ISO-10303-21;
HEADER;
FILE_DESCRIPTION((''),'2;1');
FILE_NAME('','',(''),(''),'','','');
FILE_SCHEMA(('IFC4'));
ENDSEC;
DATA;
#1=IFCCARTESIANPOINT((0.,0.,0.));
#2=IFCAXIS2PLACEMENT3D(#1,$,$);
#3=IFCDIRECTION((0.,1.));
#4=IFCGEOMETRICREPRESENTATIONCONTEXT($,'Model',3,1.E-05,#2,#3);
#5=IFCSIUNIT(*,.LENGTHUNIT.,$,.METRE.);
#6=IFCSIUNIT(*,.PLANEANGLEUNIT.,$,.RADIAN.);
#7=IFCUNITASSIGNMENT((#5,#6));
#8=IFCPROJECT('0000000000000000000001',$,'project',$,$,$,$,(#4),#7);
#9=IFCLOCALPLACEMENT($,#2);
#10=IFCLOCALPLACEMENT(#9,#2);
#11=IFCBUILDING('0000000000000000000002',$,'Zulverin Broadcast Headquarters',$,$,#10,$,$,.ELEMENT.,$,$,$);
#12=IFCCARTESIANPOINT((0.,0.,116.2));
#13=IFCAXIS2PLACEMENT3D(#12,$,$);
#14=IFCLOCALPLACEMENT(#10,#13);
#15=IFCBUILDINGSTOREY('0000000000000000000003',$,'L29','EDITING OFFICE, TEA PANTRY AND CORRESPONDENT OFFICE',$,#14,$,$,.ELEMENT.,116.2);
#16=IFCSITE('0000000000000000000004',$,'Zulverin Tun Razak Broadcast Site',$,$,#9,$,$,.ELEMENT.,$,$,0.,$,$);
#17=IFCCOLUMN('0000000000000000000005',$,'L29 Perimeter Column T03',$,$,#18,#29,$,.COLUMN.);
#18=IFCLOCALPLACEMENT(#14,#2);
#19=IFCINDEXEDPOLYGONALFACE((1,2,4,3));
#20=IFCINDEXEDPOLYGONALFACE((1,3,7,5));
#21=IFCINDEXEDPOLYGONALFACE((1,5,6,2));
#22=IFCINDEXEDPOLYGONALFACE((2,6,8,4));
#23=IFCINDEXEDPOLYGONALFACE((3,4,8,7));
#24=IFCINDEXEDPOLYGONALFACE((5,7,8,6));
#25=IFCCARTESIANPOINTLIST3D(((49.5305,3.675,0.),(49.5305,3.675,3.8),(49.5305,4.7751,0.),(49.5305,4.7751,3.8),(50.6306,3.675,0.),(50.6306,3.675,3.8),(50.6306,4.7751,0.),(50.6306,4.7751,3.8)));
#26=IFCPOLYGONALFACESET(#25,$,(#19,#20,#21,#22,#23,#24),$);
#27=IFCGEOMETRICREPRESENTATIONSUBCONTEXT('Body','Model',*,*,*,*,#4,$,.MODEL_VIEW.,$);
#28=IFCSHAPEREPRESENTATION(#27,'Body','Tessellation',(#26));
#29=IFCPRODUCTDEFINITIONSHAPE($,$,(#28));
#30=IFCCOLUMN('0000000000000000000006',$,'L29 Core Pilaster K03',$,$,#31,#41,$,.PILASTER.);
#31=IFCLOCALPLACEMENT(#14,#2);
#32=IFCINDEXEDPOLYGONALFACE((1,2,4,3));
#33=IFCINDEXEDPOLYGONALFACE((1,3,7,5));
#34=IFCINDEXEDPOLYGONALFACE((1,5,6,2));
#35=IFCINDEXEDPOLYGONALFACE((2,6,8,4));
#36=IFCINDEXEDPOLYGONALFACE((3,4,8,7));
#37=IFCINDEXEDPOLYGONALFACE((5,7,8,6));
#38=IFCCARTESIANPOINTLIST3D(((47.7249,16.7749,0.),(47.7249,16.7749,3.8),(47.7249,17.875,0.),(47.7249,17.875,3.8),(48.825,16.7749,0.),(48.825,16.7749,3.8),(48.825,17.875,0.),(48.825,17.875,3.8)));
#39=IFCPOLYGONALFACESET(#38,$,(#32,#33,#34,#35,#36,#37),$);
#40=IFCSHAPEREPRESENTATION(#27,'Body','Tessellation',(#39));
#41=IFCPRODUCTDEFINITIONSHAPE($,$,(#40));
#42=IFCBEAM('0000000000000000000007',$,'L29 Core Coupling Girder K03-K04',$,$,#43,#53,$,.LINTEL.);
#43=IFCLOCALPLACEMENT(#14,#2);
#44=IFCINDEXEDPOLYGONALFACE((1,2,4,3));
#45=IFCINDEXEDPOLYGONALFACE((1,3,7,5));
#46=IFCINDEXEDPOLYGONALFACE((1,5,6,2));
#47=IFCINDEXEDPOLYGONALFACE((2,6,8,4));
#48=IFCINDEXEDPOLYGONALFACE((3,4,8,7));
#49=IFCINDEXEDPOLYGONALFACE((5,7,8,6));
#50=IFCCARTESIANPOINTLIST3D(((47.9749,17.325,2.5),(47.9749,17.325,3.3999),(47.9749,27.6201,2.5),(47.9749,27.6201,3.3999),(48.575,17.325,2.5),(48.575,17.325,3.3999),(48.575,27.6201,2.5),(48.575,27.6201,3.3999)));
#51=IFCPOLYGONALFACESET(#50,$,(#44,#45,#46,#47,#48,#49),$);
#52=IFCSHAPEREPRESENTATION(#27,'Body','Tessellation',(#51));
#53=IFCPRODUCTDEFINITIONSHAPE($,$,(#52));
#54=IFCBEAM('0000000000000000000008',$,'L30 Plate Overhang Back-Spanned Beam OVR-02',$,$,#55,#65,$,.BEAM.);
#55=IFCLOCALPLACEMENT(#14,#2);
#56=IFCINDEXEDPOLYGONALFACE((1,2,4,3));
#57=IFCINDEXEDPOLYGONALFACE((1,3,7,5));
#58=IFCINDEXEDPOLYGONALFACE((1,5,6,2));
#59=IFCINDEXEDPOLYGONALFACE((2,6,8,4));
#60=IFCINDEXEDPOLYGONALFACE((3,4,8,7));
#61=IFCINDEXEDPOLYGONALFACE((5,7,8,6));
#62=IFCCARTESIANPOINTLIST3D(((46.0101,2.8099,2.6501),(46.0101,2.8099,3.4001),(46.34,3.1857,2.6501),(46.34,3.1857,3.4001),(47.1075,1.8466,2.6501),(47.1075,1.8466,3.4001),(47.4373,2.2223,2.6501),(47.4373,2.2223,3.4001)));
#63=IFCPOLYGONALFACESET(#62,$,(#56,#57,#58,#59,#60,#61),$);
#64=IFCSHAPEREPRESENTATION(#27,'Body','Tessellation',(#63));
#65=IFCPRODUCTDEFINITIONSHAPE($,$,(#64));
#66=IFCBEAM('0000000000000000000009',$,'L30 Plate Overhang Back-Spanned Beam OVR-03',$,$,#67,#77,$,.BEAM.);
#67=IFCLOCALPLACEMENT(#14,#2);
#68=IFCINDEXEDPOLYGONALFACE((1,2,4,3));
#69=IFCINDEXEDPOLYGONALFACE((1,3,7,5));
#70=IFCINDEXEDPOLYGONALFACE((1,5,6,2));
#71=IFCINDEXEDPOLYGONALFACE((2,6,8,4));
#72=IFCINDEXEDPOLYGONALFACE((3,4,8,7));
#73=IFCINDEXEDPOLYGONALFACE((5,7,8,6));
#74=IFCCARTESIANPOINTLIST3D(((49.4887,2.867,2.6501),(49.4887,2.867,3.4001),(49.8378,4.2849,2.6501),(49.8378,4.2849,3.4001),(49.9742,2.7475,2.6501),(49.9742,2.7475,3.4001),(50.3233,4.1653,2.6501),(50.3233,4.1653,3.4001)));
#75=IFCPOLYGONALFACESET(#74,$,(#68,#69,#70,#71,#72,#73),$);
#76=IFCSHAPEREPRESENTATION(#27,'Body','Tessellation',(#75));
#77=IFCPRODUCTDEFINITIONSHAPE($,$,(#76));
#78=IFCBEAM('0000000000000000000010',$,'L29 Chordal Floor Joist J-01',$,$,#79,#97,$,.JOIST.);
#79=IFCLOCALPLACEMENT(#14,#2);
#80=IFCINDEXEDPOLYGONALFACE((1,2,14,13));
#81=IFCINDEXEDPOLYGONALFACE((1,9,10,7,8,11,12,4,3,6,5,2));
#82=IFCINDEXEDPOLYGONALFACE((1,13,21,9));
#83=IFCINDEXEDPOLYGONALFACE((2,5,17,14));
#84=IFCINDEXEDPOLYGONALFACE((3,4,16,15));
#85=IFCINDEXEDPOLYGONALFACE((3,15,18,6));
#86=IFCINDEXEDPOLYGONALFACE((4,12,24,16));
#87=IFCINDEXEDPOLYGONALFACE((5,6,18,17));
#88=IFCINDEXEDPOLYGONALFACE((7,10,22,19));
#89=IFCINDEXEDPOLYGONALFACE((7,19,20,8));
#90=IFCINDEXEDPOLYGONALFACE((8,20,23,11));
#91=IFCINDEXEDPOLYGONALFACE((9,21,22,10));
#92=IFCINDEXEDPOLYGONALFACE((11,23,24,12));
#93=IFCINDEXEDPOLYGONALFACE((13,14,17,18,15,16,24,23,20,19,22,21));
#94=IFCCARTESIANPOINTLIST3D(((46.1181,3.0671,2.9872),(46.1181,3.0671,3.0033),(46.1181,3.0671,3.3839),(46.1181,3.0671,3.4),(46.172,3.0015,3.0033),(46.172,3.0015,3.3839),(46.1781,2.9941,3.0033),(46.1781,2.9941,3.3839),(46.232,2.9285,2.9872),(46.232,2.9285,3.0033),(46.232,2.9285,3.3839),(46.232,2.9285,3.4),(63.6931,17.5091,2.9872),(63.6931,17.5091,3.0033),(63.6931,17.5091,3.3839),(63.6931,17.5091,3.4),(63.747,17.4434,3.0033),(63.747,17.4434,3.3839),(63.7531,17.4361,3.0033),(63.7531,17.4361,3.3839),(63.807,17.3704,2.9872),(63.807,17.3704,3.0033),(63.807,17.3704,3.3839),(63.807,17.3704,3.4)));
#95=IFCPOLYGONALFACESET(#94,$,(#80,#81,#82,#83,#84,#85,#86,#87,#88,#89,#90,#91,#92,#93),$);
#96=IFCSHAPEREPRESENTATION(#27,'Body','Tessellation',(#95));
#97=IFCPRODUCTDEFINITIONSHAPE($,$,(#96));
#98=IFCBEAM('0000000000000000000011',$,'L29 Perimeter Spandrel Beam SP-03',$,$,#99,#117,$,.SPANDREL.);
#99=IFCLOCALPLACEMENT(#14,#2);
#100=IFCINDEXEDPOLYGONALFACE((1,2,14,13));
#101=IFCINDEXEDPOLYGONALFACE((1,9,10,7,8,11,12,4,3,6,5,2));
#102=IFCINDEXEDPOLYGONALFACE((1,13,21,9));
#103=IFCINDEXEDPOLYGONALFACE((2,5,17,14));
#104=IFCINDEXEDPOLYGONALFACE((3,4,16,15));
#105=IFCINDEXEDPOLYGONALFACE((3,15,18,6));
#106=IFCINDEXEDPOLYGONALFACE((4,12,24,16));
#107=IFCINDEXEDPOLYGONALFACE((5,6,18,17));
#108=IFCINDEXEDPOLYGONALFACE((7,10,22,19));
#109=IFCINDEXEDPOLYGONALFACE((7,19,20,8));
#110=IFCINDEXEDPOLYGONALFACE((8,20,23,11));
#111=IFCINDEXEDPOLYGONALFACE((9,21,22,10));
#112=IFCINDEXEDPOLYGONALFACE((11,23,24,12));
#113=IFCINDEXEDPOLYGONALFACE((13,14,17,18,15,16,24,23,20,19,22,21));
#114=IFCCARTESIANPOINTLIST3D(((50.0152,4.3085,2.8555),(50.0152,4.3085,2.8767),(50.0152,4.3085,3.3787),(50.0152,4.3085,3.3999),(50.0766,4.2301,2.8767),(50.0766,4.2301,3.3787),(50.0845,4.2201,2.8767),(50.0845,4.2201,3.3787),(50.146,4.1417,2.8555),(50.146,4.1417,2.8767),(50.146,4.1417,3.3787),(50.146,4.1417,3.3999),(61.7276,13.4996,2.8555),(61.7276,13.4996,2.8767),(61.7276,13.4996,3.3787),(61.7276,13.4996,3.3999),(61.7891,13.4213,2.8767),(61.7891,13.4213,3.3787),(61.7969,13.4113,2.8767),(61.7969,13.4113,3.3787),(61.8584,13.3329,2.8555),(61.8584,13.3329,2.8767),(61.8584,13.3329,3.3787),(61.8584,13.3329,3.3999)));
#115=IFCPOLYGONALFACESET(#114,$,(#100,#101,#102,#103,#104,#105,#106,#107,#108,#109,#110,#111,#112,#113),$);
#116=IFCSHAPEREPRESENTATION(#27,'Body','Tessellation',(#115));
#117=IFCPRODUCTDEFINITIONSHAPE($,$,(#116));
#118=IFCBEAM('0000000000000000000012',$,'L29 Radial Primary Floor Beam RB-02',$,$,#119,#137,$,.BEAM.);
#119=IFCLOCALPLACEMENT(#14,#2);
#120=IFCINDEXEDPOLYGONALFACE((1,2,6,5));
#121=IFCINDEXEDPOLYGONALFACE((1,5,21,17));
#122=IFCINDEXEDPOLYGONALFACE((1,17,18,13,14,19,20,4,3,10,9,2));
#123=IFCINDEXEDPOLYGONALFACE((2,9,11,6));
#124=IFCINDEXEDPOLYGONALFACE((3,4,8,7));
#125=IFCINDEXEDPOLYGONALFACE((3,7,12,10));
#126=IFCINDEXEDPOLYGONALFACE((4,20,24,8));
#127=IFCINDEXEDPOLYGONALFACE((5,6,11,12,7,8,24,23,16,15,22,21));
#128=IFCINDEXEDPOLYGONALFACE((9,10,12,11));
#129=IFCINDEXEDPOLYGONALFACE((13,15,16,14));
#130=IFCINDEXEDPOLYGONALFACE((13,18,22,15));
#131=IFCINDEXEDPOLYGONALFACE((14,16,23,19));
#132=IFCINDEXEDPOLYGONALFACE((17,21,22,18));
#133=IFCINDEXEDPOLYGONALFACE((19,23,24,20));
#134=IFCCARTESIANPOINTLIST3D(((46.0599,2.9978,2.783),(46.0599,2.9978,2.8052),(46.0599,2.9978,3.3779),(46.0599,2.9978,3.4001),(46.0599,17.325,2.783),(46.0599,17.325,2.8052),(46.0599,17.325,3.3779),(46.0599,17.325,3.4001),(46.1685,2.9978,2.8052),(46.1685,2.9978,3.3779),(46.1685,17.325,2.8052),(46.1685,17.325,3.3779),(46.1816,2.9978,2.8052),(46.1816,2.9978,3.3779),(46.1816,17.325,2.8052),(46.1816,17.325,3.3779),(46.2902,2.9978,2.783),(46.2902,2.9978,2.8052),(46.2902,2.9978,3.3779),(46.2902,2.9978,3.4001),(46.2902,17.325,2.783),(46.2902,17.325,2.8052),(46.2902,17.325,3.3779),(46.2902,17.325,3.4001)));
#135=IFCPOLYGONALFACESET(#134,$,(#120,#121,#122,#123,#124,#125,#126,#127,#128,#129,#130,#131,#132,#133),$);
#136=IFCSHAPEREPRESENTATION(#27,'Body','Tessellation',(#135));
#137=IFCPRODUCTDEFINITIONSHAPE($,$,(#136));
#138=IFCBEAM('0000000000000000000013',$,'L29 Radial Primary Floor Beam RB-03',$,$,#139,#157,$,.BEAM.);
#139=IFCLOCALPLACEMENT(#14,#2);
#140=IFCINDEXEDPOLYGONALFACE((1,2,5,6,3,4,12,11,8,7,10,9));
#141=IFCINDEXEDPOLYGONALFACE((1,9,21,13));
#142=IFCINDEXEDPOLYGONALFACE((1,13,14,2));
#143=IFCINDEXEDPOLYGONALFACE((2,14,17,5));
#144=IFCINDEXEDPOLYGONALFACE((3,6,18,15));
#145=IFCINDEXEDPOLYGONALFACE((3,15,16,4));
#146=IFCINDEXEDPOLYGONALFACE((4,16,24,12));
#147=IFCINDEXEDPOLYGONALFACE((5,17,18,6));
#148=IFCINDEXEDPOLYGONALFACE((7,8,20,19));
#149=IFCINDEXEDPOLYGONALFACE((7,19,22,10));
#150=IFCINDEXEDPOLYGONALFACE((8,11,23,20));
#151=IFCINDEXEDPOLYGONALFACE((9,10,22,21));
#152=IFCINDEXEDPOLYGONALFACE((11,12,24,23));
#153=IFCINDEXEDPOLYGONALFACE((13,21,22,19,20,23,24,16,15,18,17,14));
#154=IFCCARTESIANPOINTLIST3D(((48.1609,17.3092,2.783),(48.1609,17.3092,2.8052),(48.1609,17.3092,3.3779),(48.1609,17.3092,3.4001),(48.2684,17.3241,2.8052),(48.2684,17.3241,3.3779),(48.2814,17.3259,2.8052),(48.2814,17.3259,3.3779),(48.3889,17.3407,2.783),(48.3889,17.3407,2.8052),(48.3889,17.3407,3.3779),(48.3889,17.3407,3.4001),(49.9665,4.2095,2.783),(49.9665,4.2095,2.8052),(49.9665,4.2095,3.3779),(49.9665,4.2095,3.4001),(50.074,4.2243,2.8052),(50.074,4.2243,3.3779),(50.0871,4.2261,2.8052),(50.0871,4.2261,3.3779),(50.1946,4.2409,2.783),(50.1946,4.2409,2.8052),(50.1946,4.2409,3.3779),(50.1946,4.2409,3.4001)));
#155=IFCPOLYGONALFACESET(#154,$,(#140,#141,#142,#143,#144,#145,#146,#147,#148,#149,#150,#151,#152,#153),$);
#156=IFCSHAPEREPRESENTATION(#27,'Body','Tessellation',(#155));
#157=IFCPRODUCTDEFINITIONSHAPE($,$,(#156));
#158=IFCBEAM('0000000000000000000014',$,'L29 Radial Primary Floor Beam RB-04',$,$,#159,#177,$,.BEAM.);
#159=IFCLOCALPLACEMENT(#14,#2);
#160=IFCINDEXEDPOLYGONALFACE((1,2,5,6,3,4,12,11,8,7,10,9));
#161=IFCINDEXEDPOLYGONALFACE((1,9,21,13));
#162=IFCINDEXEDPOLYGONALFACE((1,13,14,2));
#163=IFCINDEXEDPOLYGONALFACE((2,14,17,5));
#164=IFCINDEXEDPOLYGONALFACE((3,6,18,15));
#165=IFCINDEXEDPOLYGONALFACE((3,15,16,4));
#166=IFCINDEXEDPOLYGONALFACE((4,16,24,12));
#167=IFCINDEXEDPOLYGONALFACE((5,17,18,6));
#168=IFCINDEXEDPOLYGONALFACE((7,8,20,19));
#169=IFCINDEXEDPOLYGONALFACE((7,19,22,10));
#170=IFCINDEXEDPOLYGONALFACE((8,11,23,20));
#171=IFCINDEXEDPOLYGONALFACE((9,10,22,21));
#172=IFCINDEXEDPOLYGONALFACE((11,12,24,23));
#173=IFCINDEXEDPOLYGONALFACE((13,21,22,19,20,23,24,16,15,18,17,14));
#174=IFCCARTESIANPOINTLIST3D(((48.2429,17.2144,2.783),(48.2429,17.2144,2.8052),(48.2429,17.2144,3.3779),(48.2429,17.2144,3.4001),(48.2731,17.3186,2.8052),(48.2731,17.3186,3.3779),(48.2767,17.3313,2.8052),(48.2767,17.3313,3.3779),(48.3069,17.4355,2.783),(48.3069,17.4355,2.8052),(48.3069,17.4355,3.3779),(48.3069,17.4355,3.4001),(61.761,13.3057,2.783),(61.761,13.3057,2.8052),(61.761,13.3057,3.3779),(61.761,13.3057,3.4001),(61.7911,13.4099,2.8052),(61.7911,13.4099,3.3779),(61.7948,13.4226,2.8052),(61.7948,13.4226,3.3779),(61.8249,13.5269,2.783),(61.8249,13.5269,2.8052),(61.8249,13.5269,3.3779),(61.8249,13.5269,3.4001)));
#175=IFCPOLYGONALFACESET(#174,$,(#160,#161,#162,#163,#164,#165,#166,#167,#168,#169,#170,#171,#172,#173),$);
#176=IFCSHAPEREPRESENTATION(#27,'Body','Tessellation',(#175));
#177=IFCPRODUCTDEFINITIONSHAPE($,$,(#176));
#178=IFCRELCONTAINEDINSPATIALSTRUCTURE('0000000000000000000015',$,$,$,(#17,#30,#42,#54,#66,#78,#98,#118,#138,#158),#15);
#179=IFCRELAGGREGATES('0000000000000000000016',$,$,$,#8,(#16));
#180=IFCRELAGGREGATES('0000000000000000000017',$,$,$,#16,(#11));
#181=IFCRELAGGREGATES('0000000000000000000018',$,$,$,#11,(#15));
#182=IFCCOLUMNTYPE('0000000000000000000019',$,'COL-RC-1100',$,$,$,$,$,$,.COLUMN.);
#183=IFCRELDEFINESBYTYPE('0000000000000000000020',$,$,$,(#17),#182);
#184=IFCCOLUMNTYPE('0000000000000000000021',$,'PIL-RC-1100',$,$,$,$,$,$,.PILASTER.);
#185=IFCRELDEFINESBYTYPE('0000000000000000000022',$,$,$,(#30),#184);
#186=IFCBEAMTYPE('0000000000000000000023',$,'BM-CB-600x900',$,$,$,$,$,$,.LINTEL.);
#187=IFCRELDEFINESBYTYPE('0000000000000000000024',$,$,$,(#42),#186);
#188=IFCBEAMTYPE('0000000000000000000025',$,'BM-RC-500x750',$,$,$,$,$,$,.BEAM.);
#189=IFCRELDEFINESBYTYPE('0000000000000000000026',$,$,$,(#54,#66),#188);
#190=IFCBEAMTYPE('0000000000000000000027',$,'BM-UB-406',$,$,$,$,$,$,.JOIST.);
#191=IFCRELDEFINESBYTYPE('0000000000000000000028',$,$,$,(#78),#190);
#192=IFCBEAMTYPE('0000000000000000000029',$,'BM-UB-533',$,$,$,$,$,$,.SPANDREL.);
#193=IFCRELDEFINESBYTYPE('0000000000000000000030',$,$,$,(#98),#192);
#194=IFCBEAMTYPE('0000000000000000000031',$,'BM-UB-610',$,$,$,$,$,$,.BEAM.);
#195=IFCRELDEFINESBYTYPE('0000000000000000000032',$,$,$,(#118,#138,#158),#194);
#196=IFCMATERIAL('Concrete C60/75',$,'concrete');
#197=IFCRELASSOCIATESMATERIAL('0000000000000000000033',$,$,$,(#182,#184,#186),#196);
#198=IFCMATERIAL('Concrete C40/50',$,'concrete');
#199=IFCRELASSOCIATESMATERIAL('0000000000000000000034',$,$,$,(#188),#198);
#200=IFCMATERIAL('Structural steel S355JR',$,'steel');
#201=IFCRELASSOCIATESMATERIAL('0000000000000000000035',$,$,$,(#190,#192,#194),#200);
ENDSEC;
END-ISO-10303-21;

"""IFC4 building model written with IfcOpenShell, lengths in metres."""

from ifc_helpers import new_model, si_unit, direction, frame, origin, origin_2d, place, context, subcontext, project, spatial, rectangle, i_section, extrude, material, material_profile, profile_set, type_object, element, save


model = new_model("IFC4")

# Units and contexts
model_context = context("Model", 3, precision=1e-05, world=origin(), true_north=direction((0.0, 1.0)))
body_context = subcontext(model_context, "Body", "Model", "MODEL_VIEW")
ifc_project = project(units=[si_unit("LENGTHUNIT", "METRE"), si_unit("PLANEANGLEUNIT", "RADIAN")], contexts=[model_context])

# Site, building, storey
site_placement = place(None, origin())
site = spatial("IfcSite", under=ifc_project, at=site_placement, Name="Zulverin Tun Razak Broadcast Site", CompositionType="ELEMENT", RefElevation=0.0)
building_placement = place(site_placement, origin())
building = spatial("IfcBuilding", under=site, at=building_placement, Name="Zulverin Broadcast Headquarters", CompositionType="ELEMENT")
storey_placement = place(building_placement, frame((0.0, 0.0, 116.2)))
storey = spatial("IfcBuildingStorey", under=building, at=storey_placement, Name="L29", Description="EDITING OFFICE, TEA PANTRY AND CORRESPONDENT OFFICE", CompositionType="ELEMENT", Elevation=116.2)

# Columns
ifc_material_1 = material(Name="Concrete C60/75", Category="concrete")
ifc_material_profile_1 = material_profile(ifc_material_1, rectangle(XDim=1.1001, YDim=1.1001, at=origin_2d()), Name="Concrete C60/75", Category="concrete")
ifc_profile_set_1 = profile_set([ifc_material_profile_1], Name="Concrete C60/75")
column_type_1 = type_object("IfcColumnType", Name="COL-RC-1100", PredefinedType="COLUMN", material=ifc_profile_set_1)
column_1_placement = place(storey_placement, frame((50.0806, 4.2251, 0.0), z_axis=(0.0, 0.0, 1.0), x_axis=(1.0, 0.0, 0.0)))
element("IfcColumn", 1, at=column_1_placement, inside=storey, type_object=column_type_1, Name="L29 Perimeter Column T03", PredefinedType="COLUMN", context=body_context, shape_type="SweptSolid", body=[
    extrude(rectangle(XDim=1.1001, YDim=1.1001, at=origin_2d()), origin(), (0.0, 0.0, 1.0), 3.8),
])
ifc_material_profile_2 = material_profile(ifc_material_1, rectangle(XDim=1.1001, YDim=1.1001, at=origin_2d()), Name="Concrete C60/75", Category="concrete")
ifc_profile_set_2 = profile_set([ifc_material_profile_2], Name="Concrete C60/75")
column_type_2 = type_object("IfcColumnType", Name="PIL-RC-1100", PredefinedType="PILASTER", material=ifc_profile_set_2)
column_2_placement = place(storey_placement, frame((48.2749, 17.325, 0.0), z_axis=(0.0, 0.0, 1.0), x_axis=(1.0, 0.0, 0.0)))
element("IfcColumn", 2, at=column_2_placement, inside=storey, type_object=column_type_2, Name="L29 Core Pilaster K03", PredefinedType="PILASTER", context=body_context, shape_type="SweptSolid", body=[
    extrude(rectangle(XDim=1.1001, YDim=1.1001, at=origin_2d()), origin(), (0.0, 0.0, 1.0), 3.8),
])

# Beams
ifc_material_profile_3 = material_profile(ifc_material_1, rectangle(XDim=0.6001, YDim=0.8999, at=origin_2d()), Name="Concrete C60/75", Category="concrete")
ifc_profile_set_3 = profile_set([ifc_material_profile_3], Name="Concrete C60/75")
beam_type_1 = type_object("IfcBeamType", Name="BM-CB-600x900", PredefinedType="LINTEL", material=ifc_profile_set_3)
beam_1_placement = place(storey_placement, frame((48.2749, 17.325, 2.95), z_axis=(0.0, 1.0, 0.0), x_axis=(-1.0, 0.0, 0.0)))
element("IfcBeam", 3, at=beam_1_placement, inside=storey, type_object=beam_type_1, Name="L29 Core Coupling Girder K03-K04", PredefinedType="LINTEL", context=body_context, shape_type="SweptSolid", body=[
    extrude(rectangle(XDim=0.6001, YDim=0.8999, at=origin_2d()), origin(), (0.0, 0.0, 1.0), 10.2952),
])
ifc_material_2 = material(Name="Concrete C40/50", Category="concrete")
ifc_material_profile_4 = material_profile(ifc_material_2, rectangle(XDim=0.5, YDim=0.75, at=origin_2d()), Name="Concrete C40/50", Category="concrete")
ifc_profile_set_4 = profile_set([ifc_material_profile_4], Name="Concrete C40/50")
beam_type_2 = type_object("IfcBeamType", Name="BM-RC-500x750", PredefinedType="BEAM", material=ifc_profile_set_4)
for number, where, z_axis, x_axis, name in (
    (4, (46.175, 2.9978, 3.0251), (0.751509, -0.659723, 0.0), (0.659723, 0.751509, 0.0), "L30 Plate Overhang Back-Spanned Beam OVR-02"),
    (5, (50.0806, 4.2251, 3.0251), (-0.239072, -0.971002, 0.0), (0.971002, -0.239072, 0.0), "L30 Plate Overhang Back-Spanned Beam OVR-03"),
):
    element("IfcBeam", number, at=place(storey_placement, frame(where, z_axis=z_axis, x_axis=x_axis)), inside=storey, type_object=beam_type_2, Name=name, PredefinedType="BEAM", context=body_context, shape_type="SweptSolid", body=[
        extrude(rectangle(XDim=0.5, YDim=0.75, at=origin_2d()), origin(), (0.0, 0.0, 1.0), 1.4602),
    ])
ifc_material_3 = material(Name="Structural steel S355JR", Category="steel")
ifc_material_profile_5 = material_profile(ifc_material_3, i_section(OverallWidth=0.1794, OverallDepth=0.4128, WebThickness=0.0095, FlangeThickness=0.0161, at=origin_2d()), Name="Structural steel S355JR", Category="steel")
ifc_profile_set_5 = profile_set([ifc_material_profile_5], Name="Structural steel S355JR")
beam_type_3 = type_object("IfcBeamType", Name="BM-UB-406", PredefinedType="JOIST", material=ifc_profile_set_5)
beam_2_placement = place(storey_placement, frame((46.175, 2.9978, 3.1936), z_axis=(0.772611, 0.634879, 0.0), x_axis=(-0.634879, 0.772611, 0.0)))
element("IfcBeam", 6, at=beam_2_placement, inside=storey, type_object=beam_type_3, Name="L29 Chordal Floor Joist J-01", PredefinedType="JOIST", context=body_context, shape_type="SweptSolid", body=[
    extrude(i_section(OverallWidth=0.1794, OverallDepth=0.4128, WebThickness=0.0095, FlangeThickness=0.0161, at=origin_2d()), origin(), (0.0, 0.0, 1.0), 22.7476),
])
ifc_material_profile_6 = material_profile(ifc_material_3, i_section(OverallWidth=0.2119, OverallDepth=0.5444, WebThickness=0.0127, FlangeThickness=0.0212, at=origin_2d()), Name="Structural steel S355JR", Category="steel")
ifc_profile_set_6 = profile_set([ifc_material_profile_6], Name="Structural steel S355JR")
beam_type_4 = type_object("IfcBeamType", Name="BM-UB-533", PredefinedType="SPANDREL", material=ifc_profile_set_6)
beam_3_placement = place(storey_placement, frame((50.0806, 4.2251, 3.1277), z_axis=(0.786691, 0.617346, 0.0), x_axis=(-0.617346, 0.786691, 0.0)))
element("IfcBeam", 7, at=beam_3_placement, inside=storey, type_object=beam_type_4, Name="L29 Perimeter Spandrel Beam SP-03", PredefinedType="SPANDREL", context=body_context, shape_type="SweptSolid", body=[
    extrude(i_section(OverallWidth=0.2119, OverallDepth=0.5444, WebThickness=0.0127, FlangeThickness=0.0212, at=origin_2d()), origin(), (0.0, 0.0, 1.0), 14.8882),
])
ifc_material_profile_7 = material_profile(ifc_material_3, i_section(OverallWidth=0.2302, OverallDepth=0.6172, WebThickness=0.0132, FlangeThickness=0.0222, at=origin_2d()), Name="Structural steel S355JR", Category="steel")
ifc_profile_set_7 = profile_set([ifc_material_profile_7], Name="Structural steel S355JR")
beam_type_5 = type_object("IfcBeamType", Name="BM-UB-610", PredefinedType="BEAM", material=ifc_profile_set_7)
beam_4_placement = place(storey_placement, frame((46.175, 17.325, 3.0916), z_axis=(0.0, -1.0, 0.0), x_axis=(1.0, 0.0, 0.0)))
element("IfcBeam", 8, at=beam_4_placement, inside=storey, type_object=beam_type_5, Name="L29 Radial Primary Floor Beam RB-02", PredefinedType="BEAM", context=body_context, shape_type="SweptSolid", body=[
    extrude(i_section(OverallWidth=0.2302, OverallDepth=0.6172, WebThickness=0.0132, FlangeThickness=0.0222, at=origin_2d()), origin(), (0.0, 0.0, 1.0), 14.3271),
])
beam_5_placement = place(storey_placement, frame((48.2749, 17.325, 3.0916), z_axis=(0.136547, -0.990634, 0.0), x_axis=(0.990634, 0.136547, 0.0)))
element("IfcBeam", 9, at=beam_5_placement, inside=storey, type_object=beam_type_5, Name="L29 Radial Primary Floor Beam RB-03", PredefinedType="BEAM", context=body_context, shape_type="SweptSolid", body=[
    extrude(i_section(OverallWidth=0.2302, OverallDepth=0.6172, WebThickness=0.0132, FlangeThickness=0.0222, at=origin_2d()), origin(), (0.0, 0.0, 1.0), 13.2236),
])
beam_6_placement = place(storey_placement, frame((48.2749, 17.325, 3.0916), z_axis=(0.960648, -0.277767, 0.0), x_axis=(0.277767, 0.960648, 0.0)))
element("IfcBeam", 10, at=beam_6_placement, inside=storey, type_object=beam_type_5, Name="L29 Radial Primary Floor Beam RB-04", PredefinedType="BEAM", context=body_context, shape_type="SweptSolid", body=[
    extrude(i_section(OverallWidth=0.2302, OverallDepth=0.6172, WebThickness=0.0132, FlangeThickness=0.0222, at=origin_2d()), origin(), (0.0, 0.0, 1.0), 14.0718),
])

save(model, "model.ifc")
